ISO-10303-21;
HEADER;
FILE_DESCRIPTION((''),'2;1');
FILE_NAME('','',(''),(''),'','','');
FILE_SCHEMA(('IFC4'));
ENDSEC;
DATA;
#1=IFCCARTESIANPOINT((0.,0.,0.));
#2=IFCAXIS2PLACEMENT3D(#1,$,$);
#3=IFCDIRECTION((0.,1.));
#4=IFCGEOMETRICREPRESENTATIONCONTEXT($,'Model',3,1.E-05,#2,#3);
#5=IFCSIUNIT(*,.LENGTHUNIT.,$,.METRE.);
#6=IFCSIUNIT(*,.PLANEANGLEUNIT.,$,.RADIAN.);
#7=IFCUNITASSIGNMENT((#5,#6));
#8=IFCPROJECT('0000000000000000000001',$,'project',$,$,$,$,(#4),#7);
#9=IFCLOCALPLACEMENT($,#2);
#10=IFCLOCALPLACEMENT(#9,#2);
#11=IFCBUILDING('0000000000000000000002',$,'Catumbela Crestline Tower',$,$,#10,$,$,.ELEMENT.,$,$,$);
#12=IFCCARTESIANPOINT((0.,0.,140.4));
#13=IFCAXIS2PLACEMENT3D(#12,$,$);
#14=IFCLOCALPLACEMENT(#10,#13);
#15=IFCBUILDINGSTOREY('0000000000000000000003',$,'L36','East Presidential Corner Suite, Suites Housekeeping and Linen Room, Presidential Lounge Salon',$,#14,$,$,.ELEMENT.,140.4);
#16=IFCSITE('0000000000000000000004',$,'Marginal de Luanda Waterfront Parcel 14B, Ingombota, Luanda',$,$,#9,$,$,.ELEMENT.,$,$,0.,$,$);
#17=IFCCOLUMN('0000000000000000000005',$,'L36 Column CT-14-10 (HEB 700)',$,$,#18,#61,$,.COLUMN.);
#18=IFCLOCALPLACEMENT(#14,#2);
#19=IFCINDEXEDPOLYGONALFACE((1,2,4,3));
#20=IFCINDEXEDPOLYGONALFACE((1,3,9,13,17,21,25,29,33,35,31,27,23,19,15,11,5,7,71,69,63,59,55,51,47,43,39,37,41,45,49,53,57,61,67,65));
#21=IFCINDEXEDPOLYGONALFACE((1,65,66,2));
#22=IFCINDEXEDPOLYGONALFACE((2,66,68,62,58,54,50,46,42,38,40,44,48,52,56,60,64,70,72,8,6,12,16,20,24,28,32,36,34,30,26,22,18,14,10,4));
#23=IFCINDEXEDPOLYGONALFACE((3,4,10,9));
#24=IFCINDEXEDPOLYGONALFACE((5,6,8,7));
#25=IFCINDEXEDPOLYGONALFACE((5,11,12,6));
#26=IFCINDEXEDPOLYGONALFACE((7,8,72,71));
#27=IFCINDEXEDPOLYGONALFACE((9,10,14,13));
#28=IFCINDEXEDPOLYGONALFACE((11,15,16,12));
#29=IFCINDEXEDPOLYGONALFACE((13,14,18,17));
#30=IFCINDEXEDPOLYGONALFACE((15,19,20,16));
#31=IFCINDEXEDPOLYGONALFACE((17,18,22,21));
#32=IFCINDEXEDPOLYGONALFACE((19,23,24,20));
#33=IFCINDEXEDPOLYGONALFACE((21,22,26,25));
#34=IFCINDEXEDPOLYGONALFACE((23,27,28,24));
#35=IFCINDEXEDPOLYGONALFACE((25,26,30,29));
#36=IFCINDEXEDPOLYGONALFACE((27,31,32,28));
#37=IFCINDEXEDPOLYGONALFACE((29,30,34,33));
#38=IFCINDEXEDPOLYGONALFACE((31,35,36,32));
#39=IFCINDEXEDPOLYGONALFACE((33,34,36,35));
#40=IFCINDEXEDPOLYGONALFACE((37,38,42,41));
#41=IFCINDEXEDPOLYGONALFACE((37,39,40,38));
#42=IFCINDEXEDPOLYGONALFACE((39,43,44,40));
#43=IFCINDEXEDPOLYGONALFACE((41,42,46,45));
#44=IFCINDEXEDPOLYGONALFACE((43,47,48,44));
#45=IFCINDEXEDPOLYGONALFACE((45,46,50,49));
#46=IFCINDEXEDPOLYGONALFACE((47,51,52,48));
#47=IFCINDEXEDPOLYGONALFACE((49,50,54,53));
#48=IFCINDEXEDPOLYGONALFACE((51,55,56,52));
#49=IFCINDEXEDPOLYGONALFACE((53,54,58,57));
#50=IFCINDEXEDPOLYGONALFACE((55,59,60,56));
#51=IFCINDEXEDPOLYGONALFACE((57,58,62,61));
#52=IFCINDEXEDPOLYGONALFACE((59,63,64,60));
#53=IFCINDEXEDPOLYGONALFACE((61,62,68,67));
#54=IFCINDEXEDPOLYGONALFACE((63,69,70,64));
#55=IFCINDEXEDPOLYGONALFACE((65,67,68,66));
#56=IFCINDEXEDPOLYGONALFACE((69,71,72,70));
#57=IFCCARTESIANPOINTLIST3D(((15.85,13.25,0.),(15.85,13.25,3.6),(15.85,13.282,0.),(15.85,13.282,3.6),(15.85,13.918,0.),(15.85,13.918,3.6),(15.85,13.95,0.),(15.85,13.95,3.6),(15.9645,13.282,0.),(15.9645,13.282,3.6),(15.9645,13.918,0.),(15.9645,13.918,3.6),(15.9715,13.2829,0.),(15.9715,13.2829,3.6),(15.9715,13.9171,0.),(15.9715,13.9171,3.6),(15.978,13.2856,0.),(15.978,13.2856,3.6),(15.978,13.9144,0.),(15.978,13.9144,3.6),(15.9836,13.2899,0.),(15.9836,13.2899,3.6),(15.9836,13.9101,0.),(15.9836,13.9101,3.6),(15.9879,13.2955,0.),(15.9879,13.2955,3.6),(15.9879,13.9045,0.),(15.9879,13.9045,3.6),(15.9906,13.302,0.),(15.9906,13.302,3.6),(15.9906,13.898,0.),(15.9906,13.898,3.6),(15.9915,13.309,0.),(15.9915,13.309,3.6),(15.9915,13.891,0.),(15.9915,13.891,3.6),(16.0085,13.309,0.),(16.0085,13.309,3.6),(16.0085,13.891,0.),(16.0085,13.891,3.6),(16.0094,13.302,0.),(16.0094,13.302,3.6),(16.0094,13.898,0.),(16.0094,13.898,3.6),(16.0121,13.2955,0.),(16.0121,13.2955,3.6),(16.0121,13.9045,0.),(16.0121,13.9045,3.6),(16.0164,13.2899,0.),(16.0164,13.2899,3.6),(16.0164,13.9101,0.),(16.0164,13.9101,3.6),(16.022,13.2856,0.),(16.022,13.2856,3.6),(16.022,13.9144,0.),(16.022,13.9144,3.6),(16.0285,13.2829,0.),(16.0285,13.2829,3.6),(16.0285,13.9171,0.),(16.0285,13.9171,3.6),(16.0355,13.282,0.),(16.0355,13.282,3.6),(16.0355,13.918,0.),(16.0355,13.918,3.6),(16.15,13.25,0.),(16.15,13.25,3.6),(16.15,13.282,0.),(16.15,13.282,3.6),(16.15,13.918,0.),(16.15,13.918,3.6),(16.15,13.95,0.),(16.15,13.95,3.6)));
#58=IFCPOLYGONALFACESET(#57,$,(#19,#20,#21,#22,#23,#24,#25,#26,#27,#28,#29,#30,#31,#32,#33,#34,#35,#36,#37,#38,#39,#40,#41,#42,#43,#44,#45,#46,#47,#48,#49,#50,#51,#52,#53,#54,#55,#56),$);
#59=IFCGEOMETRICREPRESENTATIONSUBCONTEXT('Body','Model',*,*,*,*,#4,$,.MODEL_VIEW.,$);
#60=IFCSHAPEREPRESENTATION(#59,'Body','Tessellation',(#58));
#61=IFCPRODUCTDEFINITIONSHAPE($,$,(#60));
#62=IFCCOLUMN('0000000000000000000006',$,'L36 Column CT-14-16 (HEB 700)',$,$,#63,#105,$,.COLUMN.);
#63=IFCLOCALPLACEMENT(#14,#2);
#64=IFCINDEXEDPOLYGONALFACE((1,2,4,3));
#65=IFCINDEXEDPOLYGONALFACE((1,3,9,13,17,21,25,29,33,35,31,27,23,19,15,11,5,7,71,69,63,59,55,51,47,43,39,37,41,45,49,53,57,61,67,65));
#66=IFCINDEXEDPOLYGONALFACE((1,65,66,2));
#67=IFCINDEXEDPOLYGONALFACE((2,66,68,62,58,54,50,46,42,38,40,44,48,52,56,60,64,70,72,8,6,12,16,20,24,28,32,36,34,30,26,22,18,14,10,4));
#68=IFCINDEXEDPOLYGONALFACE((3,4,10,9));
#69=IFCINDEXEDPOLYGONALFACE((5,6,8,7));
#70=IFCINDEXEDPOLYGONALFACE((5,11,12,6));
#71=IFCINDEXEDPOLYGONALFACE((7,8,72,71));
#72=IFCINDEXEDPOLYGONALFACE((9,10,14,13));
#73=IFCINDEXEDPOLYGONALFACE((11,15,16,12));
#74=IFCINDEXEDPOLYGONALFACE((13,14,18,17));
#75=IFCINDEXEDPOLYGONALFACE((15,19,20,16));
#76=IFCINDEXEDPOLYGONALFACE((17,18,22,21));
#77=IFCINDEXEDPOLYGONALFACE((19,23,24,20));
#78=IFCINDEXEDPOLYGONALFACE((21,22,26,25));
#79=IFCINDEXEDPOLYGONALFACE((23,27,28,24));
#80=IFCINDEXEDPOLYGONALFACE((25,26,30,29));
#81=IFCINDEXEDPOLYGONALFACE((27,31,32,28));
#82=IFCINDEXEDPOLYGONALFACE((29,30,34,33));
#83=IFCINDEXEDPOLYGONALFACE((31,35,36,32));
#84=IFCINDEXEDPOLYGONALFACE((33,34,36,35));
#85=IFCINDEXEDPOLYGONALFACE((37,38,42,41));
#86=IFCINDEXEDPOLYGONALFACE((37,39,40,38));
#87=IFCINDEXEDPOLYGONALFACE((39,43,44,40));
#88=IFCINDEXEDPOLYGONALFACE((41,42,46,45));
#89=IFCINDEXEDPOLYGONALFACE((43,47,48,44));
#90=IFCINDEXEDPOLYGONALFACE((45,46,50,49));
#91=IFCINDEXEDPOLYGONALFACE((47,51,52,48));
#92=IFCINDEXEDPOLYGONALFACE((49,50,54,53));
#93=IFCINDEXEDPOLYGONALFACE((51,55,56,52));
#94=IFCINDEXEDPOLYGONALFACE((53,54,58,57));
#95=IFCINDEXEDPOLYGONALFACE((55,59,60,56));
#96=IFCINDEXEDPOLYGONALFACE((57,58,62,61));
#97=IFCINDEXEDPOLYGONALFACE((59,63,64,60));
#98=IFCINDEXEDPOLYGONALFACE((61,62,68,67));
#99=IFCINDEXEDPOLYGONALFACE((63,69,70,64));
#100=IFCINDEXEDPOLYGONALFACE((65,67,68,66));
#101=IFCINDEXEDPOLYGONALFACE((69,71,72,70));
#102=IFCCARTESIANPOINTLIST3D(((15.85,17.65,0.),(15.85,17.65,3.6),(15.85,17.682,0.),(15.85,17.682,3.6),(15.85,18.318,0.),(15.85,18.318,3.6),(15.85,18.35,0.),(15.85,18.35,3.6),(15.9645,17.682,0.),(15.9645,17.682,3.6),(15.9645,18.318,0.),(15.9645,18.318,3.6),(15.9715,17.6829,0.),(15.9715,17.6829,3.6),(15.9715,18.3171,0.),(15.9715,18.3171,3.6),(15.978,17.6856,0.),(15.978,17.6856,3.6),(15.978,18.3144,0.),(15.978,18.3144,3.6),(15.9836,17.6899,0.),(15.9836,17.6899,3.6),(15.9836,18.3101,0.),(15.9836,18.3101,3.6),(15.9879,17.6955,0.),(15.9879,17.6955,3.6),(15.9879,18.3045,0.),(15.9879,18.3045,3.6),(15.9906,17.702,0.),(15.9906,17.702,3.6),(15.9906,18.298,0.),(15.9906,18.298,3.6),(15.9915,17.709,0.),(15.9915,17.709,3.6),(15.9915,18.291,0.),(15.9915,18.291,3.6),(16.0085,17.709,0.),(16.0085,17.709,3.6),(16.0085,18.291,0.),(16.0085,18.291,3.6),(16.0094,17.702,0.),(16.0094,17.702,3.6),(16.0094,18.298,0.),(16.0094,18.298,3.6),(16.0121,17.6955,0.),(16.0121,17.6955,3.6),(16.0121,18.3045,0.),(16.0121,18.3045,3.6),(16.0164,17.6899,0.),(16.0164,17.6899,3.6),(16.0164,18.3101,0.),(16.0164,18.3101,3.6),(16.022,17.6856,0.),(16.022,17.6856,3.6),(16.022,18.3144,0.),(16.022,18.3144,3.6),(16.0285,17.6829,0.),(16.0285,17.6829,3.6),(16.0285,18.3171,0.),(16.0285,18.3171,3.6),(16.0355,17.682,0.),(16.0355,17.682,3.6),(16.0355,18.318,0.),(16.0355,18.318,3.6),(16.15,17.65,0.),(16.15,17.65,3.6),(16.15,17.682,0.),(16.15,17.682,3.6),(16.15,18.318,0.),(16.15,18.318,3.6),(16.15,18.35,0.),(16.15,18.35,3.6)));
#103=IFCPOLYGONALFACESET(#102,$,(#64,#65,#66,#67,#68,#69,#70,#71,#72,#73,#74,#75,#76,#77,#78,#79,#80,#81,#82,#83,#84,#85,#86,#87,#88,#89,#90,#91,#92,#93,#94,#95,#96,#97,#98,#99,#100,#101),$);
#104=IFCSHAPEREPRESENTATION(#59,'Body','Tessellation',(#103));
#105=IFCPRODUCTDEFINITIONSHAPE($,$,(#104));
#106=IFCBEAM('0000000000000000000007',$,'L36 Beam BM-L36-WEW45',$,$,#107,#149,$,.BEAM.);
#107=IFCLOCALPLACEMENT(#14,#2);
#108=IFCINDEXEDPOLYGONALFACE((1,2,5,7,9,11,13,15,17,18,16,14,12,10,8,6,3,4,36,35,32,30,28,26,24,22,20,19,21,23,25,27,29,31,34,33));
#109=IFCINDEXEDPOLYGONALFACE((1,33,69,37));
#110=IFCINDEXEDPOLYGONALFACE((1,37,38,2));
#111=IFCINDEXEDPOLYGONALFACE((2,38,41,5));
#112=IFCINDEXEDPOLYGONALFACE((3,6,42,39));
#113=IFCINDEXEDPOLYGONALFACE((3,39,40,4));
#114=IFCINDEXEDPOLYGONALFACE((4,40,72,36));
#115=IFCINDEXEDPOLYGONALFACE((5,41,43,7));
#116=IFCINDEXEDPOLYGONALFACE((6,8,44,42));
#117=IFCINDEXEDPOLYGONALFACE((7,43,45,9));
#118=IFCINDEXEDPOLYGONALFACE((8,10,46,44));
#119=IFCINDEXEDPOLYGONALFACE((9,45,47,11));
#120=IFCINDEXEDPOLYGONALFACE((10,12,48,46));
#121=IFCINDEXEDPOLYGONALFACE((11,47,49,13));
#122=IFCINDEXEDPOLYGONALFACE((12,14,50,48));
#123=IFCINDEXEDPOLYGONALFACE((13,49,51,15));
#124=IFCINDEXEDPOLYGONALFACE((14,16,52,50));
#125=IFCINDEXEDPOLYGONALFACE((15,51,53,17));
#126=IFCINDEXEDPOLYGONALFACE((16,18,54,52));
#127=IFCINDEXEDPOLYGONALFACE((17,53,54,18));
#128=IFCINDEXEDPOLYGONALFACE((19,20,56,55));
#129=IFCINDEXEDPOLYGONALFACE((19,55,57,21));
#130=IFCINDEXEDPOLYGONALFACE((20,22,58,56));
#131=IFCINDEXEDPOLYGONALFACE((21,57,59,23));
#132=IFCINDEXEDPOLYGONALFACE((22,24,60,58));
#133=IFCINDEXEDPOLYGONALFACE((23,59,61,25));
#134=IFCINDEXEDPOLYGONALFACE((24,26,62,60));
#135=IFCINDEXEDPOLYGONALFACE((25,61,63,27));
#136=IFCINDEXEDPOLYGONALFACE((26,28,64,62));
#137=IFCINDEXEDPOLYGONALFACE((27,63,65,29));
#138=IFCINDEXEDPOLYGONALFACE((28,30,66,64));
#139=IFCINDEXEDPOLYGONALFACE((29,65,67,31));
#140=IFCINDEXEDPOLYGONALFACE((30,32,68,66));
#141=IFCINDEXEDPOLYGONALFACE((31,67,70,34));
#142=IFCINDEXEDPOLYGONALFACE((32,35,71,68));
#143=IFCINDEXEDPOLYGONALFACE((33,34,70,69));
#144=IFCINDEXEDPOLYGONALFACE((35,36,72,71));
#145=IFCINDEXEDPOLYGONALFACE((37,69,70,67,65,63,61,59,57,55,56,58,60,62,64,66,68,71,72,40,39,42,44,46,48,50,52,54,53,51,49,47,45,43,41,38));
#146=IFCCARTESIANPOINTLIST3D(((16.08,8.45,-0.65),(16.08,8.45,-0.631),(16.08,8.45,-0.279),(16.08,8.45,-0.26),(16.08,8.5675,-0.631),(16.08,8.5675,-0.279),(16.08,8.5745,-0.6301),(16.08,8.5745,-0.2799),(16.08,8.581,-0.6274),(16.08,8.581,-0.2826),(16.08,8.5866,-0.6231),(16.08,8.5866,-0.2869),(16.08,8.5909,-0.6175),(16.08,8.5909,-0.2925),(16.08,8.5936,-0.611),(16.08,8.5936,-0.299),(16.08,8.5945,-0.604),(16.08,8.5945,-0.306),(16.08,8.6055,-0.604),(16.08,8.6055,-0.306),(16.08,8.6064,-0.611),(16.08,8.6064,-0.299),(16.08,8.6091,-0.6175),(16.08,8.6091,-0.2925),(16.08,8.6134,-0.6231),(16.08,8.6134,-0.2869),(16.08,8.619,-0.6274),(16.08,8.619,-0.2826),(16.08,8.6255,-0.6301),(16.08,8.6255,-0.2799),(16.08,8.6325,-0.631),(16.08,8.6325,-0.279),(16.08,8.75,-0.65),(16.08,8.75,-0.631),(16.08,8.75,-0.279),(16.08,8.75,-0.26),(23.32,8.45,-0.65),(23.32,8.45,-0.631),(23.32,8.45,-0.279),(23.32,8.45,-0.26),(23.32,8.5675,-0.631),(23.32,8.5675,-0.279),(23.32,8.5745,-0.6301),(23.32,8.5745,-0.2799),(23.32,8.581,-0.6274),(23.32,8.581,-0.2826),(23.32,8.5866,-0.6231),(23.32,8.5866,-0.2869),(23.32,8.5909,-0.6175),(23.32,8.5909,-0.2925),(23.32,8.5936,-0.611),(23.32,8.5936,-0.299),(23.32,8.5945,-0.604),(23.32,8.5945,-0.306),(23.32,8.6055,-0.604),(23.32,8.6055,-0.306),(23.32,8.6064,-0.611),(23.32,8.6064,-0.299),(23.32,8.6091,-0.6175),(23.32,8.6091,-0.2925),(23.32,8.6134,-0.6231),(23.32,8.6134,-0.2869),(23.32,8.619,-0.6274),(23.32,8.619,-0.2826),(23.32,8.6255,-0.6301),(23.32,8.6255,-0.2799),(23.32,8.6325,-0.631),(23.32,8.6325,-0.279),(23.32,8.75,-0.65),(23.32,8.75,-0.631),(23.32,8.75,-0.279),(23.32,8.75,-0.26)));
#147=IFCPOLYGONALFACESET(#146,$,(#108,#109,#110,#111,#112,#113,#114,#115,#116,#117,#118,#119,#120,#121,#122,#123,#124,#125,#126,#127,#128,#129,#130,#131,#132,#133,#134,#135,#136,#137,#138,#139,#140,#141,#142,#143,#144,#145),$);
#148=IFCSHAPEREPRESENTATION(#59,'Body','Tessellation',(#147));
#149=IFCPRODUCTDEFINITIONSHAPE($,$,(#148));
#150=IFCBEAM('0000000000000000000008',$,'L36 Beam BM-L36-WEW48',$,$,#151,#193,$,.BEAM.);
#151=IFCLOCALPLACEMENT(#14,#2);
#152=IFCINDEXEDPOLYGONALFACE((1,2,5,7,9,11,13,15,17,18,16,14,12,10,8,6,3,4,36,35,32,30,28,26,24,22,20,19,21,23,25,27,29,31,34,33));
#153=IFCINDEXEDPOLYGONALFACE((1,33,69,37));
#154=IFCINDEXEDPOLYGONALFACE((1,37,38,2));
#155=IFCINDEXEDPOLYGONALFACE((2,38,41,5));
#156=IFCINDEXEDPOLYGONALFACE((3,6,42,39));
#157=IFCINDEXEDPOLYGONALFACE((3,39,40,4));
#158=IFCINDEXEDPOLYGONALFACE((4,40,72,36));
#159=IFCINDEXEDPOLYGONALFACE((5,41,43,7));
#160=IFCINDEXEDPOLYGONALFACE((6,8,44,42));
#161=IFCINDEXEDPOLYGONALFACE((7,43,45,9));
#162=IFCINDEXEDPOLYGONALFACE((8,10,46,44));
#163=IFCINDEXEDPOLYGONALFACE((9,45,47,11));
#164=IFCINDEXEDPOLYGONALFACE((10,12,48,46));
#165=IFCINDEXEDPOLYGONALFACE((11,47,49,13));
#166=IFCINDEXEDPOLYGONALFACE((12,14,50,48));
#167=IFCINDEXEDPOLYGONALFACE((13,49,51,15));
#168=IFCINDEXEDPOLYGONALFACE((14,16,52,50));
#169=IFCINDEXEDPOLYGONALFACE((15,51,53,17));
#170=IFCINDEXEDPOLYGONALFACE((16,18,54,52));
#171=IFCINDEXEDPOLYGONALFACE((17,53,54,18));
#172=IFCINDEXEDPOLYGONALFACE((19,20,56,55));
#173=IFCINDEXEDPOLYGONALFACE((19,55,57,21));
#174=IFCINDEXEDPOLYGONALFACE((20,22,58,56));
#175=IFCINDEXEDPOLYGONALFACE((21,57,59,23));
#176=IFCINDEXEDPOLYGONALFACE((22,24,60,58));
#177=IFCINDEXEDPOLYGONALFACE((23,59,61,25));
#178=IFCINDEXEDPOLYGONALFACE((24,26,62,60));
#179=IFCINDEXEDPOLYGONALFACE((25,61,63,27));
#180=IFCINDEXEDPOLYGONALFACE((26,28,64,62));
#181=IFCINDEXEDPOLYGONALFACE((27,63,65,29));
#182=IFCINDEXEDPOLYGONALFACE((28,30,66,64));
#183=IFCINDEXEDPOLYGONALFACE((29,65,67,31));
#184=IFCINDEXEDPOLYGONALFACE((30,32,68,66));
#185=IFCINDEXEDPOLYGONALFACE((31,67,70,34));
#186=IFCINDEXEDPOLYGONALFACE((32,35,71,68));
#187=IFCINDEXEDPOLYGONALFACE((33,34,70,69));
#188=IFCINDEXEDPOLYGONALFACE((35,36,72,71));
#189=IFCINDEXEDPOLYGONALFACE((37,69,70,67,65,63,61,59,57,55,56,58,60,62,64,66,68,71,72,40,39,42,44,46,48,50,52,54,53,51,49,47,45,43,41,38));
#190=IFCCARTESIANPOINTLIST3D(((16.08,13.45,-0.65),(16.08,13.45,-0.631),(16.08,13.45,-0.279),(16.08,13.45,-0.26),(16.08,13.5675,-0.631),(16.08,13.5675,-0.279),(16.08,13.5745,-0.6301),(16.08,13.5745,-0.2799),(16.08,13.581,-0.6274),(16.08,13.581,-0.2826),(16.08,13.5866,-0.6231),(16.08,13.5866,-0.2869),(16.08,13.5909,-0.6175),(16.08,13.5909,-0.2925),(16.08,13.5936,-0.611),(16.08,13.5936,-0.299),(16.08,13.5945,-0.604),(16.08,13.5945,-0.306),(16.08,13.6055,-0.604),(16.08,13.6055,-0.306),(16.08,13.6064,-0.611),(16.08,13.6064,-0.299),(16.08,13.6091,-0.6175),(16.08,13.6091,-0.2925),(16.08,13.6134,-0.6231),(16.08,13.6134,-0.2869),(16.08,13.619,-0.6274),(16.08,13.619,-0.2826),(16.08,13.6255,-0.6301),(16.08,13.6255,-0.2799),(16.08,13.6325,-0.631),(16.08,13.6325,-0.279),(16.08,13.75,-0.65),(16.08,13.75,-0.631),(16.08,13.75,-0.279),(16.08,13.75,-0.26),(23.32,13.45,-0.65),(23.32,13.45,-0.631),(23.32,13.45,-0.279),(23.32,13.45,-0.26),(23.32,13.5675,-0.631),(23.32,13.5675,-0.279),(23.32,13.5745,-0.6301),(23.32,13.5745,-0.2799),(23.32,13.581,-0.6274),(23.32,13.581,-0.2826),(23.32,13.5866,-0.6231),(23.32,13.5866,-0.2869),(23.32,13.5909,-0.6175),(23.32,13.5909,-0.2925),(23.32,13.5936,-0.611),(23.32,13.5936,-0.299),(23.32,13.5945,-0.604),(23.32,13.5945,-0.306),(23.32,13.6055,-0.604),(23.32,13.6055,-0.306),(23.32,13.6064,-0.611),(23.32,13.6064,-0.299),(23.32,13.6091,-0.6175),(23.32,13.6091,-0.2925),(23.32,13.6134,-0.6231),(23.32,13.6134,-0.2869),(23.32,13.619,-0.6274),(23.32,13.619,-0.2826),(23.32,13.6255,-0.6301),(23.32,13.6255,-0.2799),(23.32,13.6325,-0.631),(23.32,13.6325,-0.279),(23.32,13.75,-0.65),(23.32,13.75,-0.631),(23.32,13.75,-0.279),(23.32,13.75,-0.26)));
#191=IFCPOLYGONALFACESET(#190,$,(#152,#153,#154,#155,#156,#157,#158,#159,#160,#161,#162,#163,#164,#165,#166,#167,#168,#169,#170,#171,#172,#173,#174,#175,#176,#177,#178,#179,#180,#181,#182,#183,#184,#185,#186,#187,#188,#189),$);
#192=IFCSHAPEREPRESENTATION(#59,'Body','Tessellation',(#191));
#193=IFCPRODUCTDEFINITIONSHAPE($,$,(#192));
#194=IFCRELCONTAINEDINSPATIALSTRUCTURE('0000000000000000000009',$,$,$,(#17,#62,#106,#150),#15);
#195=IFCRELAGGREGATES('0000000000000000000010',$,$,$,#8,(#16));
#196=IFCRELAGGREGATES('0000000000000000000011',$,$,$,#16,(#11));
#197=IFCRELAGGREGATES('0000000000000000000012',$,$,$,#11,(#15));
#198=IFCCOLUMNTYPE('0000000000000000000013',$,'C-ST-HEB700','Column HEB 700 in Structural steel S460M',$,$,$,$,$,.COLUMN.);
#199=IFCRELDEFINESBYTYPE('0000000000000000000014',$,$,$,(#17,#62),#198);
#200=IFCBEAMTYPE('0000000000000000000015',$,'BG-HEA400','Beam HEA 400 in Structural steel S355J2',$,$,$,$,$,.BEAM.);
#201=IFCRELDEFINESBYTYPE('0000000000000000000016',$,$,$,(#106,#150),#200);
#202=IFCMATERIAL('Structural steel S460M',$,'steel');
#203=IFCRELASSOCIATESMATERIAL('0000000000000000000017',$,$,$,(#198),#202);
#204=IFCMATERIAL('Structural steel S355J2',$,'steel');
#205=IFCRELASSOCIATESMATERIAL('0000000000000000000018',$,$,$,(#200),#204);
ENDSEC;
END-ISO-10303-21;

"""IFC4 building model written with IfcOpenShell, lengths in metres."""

from ifc_helpers import new_model, si_unit, direction, frame, origin, origin_2d, place, context, subcontext, project, spatial, i_section, extrude, material, material_profile, profile_set, type_object, element, save


model = new_model("IFC4")

# Units and contexts
model_context = context("Model", 3, precision=1e-05, world=origin(), true_north=direction((0.0, 1.0)))
body_context = subcontext(model_context, "Body", "Model", "MODEL_VIEW")
ifc_project = project(units=[si_unit("LENGTHUNIT", "METRE"), si_unit("PLANEANGLEUNIT", "RADIAN")], contexts=[model_context])

# Site, building, storey
site_placement = place(None, origin())
site = spatial("IfcSite", under=ifc_project, at=site_placement, Name="Marginal de Luanda Waterfront Parcel 14B, Ingombota, Luanda", CompositionType="ELEMENT", RefElevation=0.0)
building_placement = place(site_placement, origin())
building = spatial("IfcBuilding", under=site, at=building_placement, Name="Catumbela Crestline Tower", CompositionType="ELEMENT")
storey_placement = place(building_placement, frame((0.0, 0.0, 140.4)))
storey = spatial("IfcBuildingStorey", under=building, at=storey_placement, Name="L36", Description="East Presidential Corner Suite, Suites Housekeeping and Linen Room, Presidential Lounge Salon", CompositionType="ELEMENT", Elevation=140.4)

# Columns
ifc_material_1 = material(Name="Structural steel S460M", Category="steel")
ifc_material_profile_1 = material_profile(ifc_material_1, i_section(OverallWidth=0.3, OverallDepth=0.7, WebThickness=0.017, FlangeThickness=0.032, FilletRadius=0.027, at=origin_2d()), Name="HEB 700")
ifc_profile_set_1 = profile_set([ifc_material_profile_1], Name="Structural steel S460M")
column_type = type_object("IfcColumnType", Name="C-ST-HEB700", Description="Column HEB 700 in Structural steel S460M", PredefinedType="COLUMN", material=ifc_profile_set_1)
for number, where, z_axis, x_axis, name in (
    (1, (16.0, 13.6, 0.0), (0.0, 0.0, 1.0), (1.0, 0.0, 0.0), "L36 Column CT-14-10 (HEB 700)"),
    (2, (16.0, 18.0, 0.0), (0.0, 0.0, 1.0), (1.0, 0.0, 0.0), "L36 Column CT-14-16 (HEB 700)"),
):
    element("IfcColumn", number, at=place(storey_placement, frame(where, z_axis=z_axis, x_axis=x_axis)), inside=storey, type_object=column_type, Name=name, PredefinedType="COLUMN", context=body_context, shape_type="SweptSolid", body=[
        extrude(i_section(OverallWidth=0.3, OverallDepth=0.7, WebThickness=0.017, FlangeThickness=0.032, FilletRadius=0.027, at=origin_2d()), origin(), (0.0, 0.0, 1.0), 3.6),
    ])

# Beams
ifc_material_2 = material(Name="Structural steel S355J2", Category="steel")
ifc_material_profile_2 = material_profile(ifc_material_2, i_section(OverallWidth=0.3, OverallDepth=0.39, WebThickness=0.011, FlangeThickness=0.019, FilletRadius=0.027, at=origin_2d()), Name="HEA 400")
ifc_profile_set_2 = profile_set([ifc_material_profile_2], Name="Structural steel S355J2")
beam_type_1 = type_object("IfcBeamType", Name="BG-HEA400", Description="Beam HEA 400 in Structural steel S355J2", PredefinedType="BEAM", material=ifc_profile_set_2)
for number, where, z_axis, x_axis, name in (
    (3, (16.08, 8.6, -0.455), (1.0, 0.0, 0.0), (0.0, 1.0, 0.0), "L36 Beam BM-L36-WEW45"),
    (4, (16.08, 13.6, -0.455), (1.0, 0.0, 0.0), (0.0, 1.0, 0.0), "L36 Beam BM-L36-WEW48"),
):
    element("IfcBeam", number, at=place(storey_placement, frame(where, z_axis=z_axis, x_axis=x_axis)), inside=storey, type_object=beam_type_1, Name=name, PredefinedType="BEAM", context=body_context, shape_type="SweptSolid", body=[
        extrude(i_section(OverallWidth=0.3, OverallDepth=0.39, WebThickness=0.011, FlangeThickness=0.019, FilletRadius=0.027, at=origin_2d()), origin(), (0.0, 0.0, 1.0), 7.24),
    ])

save(model, "model.ifc")
